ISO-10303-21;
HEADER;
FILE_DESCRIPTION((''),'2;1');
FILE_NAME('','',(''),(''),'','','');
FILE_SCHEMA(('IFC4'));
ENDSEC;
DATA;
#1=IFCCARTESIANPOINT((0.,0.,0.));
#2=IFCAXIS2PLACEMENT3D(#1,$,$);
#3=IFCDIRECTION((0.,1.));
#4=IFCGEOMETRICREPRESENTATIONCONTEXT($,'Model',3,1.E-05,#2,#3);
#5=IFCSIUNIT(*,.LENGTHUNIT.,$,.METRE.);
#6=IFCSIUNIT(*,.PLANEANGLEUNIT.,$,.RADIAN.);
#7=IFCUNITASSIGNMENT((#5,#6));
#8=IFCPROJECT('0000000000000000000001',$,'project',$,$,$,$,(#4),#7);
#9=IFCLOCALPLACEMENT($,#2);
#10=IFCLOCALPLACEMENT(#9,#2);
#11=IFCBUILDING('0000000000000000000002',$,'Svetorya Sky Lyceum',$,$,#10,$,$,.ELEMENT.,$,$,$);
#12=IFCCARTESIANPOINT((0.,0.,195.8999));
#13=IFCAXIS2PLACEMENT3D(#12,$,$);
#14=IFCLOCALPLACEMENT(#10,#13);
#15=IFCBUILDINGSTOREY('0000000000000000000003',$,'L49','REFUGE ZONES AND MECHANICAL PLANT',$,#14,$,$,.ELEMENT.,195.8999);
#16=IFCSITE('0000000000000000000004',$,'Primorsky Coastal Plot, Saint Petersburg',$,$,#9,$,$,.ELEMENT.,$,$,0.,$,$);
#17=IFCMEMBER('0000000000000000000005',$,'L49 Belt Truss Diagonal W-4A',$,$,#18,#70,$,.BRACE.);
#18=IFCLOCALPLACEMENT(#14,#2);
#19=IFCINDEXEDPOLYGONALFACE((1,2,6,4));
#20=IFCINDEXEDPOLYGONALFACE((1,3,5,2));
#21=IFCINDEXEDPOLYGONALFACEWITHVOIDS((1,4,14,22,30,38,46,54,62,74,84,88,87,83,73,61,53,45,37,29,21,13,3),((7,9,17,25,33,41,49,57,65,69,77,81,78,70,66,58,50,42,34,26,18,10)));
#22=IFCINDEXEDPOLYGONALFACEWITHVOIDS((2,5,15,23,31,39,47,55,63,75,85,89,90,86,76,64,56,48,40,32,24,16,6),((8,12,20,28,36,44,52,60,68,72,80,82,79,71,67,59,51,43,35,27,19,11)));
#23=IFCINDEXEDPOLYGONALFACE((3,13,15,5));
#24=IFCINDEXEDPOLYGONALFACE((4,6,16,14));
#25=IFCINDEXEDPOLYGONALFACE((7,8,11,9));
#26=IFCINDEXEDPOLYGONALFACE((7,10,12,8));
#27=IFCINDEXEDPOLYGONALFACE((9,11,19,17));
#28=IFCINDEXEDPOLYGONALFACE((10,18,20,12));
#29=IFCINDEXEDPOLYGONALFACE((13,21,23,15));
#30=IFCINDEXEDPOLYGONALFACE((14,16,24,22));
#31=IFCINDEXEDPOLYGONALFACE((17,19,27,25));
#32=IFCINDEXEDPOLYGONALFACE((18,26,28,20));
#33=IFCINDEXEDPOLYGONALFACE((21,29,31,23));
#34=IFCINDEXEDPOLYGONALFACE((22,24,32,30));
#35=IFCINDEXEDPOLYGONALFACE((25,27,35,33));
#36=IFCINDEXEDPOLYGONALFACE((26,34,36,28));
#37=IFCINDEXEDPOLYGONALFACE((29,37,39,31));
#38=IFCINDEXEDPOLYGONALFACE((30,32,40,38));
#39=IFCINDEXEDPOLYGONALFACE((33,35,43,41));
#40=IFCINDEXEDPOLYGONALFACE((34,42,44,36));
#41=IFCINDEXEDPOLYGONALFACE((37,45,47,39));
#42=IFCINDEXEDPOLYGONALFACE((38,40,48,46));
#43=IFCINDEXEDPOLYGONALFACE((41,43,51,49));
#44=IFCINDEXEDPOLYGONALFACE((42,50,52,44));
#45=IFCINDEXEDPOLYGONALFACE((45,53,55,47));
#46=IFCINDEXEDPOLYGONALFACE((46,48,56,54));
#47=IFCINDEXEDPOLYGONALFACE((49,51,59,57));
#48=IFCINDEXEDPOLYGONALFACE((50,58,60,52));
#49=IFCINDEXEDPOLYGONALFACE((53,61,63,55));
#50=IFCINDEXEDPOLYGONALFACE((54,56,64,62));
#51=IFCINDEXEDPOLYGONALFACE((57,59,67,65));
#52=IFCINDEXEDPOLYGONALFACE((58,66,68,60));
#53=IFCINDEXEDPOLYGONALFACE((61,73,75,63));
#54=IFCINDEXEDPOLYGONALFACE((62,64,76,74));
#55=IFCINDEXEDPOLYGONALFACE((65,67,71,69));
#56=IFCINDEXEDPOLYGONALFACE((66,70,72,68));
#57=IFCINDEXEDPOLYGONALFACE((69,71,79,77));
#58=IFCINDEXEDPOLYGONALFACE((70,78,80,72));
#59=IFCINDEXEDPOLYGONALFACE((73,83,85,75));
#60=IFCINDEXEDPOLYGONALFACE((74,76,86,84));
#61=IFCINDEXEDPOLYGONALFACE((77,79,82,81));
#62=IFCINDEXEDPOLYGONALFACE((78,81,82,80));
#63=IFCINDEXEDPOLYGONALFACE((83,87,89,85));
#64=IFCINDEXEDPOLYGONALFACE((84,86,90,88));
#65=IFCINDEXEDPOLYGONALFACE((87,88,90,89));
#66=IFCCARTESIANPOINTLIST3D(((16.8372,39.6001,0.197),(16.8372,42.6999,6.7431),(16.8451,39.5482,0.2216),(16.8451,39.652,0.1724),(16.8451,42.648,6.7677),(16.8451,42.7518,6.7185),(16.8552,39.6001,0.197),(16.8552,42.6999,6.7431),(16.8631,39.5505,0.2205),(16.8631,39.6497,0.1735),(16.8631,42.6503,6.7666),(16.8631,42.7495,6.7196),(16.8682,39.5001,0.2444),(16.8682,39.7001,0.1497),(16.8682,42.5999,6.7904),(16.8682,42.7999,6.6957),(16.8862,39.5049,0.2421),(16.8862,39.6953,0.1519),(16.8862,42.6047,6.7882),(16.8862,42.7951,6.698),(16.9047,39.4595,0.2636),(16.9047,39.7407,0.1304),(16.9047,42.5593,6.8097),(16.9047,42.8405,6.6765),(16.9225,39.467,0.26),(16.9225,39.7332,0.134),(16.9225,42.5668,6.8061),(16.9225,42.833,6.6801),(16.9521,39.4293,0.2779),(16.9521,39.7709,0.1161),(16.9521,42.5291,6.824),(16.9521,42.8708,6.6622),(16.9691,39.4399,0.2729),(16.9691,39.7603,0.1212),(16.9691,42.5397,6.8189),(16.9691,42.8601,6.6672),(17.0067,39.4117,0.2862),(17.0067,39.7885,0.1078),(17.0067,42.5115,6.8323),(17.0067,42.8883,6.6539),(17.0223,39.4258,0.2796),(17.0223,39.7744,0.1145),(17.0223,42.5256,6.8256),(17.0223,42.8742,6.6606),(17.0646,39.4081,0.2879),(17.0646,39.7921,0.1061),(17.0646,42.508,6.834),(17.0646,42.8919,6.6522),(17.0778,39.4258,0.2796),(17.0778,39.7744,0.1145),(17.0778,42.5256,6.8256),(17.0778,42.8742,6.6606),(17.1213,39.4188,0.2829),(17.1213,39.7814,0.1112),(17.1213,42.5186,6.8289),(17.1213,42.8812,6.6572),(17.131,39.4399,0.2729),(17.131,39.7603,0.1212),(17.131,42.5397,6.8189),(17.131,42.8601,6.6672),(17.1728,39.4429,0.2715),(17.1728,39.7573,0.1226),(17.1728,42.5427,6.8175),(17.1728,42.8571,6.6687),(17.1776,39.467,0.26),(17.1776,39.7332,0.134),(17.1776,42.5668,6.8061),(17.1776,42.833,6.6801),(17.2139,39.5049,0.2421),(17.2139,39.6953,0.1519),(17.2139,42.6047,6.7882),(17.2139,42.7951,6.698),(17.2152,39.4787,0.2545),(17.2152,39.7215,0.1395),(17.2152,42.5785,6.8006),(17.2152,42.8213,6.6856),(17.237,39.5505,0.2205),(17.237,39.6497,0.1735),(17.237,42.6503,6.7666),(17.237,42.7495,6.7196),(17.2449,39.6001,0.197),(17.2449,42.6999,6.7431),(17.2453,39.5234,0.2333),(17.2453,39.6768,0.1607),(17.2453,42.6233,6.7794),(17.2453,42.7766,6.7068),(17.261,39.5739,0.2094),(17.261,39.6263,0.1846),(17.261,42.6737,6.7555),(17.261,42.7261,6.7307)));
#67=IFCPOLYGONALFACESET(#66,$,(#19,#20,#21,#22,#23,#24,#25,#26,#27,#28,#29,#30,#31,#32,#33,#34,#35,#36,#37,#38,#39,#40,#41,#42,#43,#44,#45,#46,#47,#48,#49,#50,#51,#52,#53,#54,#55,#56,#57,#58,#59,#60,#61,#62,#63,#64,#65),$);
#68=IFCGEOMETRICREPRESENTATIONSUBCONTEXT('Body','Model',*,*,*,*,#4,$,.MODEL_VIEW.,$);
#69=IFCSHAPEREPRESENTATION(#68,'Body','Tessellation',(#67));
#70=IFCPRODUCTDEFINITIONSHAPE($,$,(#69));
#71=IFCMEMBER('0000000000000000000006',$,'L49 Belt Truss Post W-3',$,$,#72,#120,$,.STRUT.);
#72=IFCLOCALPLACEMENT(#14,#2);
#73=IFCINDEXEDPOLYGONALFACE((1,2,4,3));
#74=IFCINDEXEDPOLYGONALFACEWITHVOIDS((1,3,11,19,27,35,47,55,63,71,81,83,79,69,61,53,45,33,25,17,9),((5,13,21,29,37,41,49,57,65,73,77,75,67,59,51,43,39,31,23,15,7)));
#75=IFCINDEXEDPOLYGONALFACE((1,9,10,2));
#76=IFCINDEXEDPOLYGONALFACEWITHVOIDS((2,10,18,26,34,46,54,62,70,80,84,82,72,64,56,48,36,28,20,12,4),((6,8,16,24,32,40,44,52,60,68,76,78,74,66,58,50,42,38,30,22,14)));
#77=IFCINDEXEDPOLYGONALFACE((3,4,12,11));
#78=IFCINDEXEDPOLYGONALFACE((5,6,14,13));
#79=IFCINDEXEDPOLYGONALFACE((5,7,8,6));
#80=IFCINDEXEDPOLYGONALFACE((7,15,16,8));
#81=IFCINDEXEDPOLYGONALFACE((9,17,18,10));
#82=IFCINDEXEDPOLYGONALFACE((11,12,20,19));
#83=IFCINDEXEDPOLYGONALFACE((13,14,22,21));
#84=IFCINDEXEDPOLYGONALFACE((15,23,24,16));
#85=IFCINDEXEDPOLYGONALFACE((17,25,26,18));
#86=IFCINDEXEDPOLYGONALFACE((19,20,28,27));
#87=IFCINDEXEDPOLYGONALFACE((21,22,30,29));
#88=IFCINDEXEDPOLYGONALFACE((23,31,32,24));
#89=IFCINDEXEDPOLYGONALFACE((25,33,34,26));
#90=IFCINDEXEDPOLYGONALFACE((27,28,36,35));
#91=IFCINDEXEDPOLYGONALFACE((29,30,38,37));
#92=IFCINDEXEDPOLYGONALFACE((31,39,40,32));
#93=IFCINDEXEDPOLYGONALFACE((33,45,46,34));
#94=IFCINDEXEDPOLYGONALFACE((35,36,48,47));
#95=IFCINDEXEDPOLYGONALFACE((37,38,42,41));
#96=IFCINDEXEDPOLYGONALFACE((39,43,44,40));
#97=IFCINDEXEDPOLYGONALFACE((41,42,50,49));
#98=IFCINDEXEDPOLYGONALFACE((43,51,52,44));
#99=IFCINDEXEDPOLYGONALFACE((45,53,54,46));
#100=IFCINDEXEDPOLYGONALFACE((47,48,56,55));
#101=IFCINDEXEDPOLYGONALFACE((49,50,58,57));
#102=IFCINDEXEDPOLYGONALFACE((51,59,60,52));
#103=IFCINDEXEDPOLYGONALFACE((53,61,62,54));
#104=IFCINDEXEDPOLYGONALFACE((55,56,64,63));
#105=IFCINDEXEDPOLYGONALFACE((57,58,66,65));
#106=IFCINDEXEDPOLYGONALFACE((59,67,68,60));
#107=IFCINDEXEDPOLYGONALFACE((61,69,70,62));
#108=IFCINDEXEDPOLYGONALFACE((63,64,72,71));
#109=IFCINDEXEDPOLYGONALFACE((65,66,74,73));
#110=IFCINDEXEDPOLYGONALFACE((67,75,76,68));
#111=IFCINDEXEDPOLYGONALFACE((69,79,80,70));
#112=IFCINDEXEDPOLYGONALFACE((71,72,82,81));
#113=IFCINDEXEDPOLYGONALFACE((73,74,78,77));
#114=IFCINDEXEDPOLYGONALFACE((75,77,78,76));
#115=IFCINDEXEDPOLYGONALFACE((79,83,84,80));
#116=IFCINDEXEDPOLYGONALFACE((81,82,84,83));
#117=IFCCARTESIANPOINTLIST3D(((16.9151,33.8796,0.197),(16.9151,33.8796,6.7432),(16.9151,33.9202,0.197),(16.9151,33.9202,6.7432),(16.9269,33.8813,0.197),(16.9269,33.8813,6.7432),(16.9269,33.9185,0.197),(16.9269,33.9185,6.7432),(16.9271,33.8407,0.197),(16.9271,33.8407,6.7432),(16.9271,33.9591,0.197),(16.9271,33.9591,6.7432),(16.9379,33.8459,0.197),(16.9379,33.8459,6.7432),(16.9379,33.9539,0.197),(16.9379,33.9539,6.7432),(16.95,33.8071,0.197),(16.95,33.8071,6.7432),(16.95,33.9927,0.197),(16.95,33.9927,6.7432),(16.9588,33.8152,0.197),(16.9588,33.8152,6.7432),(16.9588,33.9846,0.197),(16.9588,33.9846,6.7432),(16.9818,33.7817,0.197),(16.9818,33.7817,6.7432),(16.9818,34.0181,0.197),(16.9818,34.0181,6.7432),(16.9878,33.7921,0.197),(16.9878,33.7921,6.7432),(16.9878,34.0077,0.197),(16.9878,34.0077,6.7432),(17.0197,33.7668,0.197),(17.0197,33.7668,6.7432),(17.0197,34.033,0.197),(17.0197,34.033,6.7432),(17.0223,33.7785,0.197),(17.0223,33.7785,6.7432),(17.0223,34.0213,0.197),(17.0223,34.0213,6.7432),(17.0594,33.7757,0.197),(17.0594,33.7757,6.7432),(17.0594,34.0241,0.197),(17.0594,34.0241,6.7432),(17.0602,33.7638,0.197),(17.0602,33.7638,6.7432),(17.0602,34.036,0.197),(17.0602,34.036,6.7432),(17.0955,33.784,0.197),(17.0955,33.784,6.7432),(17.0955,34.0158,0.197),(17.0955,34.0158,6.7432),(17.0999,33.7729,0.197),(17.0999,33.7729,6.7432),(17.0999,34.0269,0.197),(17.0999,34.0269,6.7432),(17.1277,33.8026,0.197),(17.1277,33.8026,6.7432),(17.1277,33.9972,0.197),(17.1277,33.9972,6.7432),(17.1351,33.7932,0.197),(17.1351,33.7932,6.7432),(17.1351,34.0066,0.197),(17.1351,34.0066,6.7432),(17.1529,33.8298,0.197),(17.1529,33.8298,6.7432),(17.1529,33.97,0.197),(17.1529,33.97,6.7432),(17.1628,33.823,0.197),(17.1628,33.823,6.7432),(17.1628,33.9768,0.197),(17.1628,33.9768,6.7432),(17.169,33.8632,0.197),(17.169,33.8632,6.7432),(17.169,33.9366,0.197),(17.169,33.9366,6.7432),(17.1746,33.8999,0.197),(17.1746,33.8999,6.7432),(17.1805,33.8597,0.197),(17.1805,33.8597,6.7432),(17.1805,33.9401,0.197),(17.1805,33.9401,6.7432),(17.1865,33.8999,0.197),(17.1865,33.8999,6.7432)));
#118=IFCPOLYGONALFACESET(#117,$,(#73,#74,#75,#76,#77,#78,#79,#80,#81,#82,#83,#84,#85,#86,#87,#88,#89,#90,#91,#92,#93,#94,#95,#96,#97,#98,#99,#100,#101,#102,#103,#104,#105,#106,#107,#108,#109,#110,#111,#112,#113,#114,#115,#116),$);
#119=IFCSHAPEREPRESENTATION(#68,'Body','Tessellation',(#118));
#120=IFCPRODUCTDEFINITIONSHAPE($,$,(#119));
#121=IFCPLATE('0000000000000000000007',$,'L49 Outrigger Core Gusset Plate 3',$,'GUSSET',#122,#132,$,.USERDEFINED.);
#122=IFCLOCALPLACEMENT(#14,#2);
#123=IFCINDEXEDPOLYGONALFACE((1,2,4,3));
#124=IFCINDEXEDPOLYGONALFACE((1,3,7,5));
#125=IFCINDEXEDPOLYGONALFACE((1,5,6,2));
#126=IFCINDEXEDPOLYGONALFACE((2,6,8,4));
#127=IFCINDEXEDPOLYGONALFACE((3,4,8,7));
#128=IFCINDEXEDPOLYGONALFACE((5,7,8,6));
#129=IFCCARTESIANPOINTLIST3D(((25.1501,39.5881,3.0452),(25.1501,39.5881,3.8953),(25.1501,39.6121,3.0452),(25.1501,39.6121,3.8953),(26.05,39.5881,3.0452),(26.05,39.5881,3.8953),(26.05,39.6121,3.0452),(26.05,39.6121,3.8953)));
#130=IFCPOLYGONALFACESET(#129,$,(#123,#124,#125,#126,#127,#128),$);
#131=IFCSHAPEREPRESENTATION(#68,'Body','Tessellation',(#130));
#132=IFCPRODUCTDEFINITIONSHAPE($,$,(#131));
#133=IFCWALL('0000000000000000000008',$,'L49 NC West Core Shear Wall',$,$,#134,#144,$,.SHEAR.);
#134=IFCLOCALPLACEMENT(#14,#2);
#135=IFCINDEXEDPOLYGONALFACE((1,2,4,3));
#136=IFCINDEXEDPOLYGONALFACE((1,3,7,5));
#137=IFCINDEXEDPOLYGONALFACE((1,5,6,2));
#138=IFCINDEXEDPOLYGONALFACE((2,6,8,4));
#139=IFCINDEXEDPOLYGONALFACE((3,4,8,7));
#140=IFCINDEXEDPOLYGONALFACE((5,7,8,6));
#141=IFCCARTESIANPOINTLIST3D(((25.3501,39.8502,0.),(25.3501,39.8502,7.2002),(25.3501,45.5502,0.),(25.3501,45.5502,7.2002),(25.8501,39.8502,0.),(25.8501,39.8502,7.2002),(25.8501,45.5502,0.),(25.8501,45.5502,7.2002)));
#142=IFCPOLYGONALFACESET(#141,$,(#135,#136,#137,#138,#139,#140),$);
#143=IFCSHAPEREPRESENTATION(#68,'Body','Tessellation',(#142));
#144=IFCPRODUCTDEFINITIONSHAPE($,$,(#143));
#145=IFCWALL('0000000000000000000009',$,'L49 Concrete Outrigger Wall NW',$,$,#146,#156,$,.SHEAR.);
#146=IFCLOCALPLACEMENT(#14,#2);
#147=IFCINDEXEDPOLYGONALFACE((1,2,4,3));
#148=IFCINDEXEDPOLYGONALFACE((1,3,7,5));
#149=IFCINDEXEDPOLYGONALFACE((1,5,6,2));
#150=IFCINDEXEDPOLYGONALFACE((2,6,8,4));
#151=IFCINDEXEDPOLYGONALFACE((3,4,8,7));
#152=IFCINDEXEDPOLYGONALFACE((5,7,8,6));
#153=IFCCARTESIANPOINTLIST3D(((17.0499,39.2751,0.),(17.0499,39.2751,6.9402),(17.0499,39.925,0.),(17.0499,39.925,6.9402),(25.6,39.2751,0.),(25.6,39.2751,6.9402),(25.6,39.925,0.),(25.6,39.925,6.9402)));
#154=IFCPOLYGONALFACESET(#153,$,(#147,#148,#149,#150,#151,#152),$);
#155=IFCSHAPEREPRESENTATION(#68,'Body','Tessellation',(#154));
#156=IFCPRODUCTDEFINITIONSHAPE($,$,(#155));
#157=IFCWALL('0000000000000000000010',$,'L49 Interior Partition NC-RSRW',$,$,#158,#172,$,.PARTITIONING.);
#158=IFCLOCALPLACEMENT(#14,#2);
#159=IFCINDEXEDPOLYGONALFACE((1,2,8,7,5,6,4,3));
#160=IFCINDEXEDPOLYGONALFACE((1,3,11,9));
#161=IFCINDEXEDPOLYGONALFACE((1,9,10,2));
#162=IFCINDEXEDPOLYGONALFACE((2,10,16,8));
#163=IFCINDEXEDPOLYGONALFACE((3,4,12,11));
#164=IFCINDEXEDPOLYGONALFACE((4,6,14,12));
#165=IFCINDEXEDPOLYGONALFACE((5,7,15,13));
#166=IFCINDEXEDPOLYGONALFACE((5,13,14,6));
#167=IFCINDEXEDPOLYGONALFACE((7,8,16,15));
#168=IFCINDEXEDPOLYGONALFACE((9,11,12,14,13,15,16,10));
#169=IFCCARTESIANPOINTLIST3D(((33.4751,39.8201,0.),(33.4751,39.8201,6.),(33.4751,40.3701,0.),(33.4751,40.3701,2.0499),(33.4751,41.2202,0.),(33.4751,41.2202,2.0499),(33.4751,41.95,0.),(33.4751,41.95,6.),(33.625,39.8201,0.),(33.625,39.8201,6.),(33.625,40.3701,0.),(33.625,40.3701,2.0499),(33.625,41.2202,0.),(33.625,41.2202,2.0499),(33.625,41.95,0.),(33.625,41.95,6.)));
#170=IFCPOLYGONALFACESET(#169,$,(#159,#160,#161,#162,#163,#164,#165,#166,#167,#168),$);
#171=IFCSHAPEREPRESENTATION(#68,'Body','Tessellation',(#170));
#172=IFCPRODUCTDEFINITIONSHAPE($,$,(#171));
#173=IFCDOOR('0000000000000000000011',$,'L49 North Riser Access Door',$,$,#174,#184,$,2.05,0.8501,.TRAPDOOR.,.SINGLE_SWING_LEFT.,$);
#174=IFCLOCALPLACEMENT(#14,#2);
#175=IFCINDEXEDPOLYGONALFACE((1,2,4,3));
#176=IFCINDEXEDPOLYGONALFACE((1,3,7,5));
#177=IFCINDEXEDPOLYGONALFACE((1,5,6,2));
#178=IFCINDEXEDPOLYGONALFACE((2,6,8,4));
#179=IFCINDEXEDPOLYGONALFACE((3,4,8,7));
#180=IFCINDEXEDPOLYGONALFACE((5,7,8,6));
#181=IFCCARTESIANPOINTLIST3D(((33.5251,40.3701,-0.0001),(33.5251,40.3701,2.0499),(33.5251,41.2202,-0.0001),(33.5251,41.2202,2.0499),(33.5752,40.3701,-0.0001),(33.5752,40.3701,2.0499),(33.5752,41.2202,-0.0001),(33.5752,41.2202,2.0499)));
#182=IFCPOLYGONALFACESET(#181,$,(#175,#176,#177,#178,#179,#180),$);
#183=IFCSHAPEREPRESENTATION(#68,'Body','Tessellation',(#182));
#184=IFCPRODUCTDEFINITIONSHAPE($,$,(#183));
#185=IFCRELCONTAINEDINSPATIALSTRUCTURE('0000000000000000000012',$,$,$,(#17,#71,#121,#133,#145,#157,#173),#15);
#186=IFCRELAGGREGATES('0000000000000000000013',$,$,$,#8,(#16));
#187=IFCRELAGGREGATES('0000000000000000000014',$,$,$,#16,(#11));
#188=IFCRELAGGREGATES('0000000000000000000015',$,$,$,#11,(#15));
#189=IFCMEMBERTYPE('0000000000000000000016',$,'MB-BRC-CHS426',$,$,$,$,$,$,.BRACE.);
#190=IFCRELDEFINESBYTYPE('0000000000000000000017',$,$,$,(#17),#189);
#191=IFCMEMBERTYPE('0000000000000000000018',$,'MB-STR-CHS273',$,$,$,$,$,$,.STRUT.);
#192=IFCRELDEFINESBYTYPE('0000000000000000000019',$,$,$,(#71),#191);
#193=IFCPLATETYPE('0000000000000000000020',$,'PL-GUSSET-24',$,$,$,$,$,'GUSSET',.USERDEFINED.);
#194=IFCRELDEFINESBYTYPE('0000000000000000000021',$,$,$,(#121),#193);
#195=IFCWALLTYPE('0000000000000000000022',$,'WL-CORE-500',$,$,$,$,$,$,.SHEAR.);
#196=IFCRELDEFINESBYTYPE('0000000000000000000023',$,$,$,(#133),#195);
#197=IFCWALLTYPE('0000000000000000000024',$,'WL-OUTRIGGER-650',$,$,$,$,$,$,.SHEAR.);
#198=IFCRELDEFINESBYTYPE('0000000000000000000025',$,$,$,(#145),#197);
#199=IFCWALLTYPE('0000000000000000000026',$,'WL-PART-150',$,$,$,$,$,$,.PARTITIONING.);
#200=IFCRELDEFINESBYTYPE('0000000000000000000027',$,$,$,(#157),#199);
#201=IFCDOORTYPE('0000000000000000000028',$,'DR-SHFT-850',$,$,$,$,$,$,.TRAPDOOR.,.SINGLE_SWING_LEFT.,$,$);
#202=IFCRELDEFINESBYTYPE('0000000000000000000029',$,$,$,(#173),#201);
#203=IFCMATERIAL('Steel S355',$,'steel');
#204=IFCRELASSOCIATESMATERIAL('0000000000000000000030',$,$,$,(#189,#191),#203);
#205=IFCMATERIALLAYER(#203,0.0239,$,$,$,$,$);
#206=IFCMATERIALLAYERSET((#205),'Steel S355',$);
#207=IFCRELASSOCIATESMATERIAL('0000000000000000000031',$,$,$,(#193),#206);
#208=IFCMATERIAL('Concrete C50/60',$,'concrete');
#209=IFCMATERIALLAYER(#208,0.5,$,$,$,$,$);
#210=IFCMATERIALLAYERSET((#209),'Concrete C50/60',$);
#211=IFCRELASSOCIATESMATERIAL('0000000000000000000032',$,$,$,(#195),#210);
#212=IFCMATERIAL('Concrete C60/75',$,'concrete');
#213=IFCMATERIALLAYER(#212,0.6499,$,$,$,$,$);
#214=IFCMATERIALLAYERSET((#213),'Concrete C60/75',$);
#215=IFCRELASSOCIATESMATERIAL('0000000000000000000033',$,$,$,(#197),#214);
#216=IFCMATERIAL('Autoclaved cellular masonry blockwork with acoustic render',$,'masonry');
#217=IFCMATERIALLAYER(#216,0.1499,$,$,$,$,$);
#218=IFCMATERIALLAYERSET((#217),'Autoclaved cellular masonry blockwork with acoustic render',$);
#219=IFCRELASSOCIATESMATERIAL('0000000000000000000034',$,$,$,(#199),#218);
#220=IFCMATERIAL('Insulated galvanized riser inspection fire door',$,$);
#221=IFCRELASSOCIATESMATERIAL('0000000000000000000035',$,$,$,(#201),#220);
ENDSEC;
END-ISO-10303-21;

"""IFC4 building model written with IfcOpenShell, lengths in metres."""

from ifc_helpers import new_model, si_unit, direction, frame, frame_2d, origin, origin_2d, place, context, subcontext, project, spatial, rectangle, hollow_circle, extrude, material, layer, layer_set, material_profile, profile_set, type_object, element, fill, save


model = new_model("IFC4")

# Units and contexts
model_context = context("Model", 3, precision=1e-05, world=origin(), true_north=direction((0.0, 1.0)))
body_context = subcontext(model_context, "Body", "Model", "MODEL_VIEW")
ifc_project = project(units=[si_unit("LENGTHUNIT", "METRE"), si_unit("PLANEANGLEUNIT", "RADIAN")], contexts=[model_context])

# Site, building, storey
site_placement = place(None, origin())
site = spatial("IfcSite", under=ifc_project, at=site_placement, Name="Primorsky Coastal Plot, Saint Petersburg", CompositionType="ELEMENT", RefElevation=0.0)
building_placement = place(site_placement, origin())
building = spatial("IfcBuilding", under=site, at=building_placement, Name="Svetorya Sky Lyceum", CompositionType="ELEMENT")
storey_placement = place(building_placement, frame((0.0, 0.0, 195.8999)))
storey = spatial("IfcBuildingStorey", under=building, at=storey_placement, Name="L49", Description="REFUGE ZONES AND MECHANICAL PLANT", CompositionType="ELEMENT", Elevation=195.8999)

# Shared definitions
ifc_material_1 = material(Name="Concrete C50/60", Category="concrete")

# Shared definitions
ifc_material_2 = material(Name="Steel S355", Category="steel")

# Members
ifc_material_profile_1 = material_profile(ifc_material_2, hollow_circle(Radius=0.2129, WallThickness=0.0181, at=origin_2d()), Name="CHS 426x18")
ifc_profile_set_1 = profile_set([ifc_material_profile_1], Name="Steel S355")
member_type_1 = type_object("IfcMemberType", Name="MB-BRC-CHS426", PredefinedType="BRACE", material=ifc_profile_set_1)
member_1_placement = place(storey_placement, frame((17.05, 39.6001, 0.197), z_axis=(0.0, 0.427979, 0.903789), x_axis=(-1.0, 0.0, 0.0)))
element("IfcMember", 1, at=member_1_placement, inside=storey, type_object=member_type_1, Name="L49 Belt Truss Diagonal W-4A", PredefinedType="BRACE", context=body_context, shape_type="SweptSolid", body=[
    extrude(hollow_circle(Radius=0.2129, WallThickness=0.0181, at=origin_2d()), origin(), (0.0, 0.0, 1.0), 7.2429),
])
ifc_material_profile_2 = material_profile(ifc_material_2, hollow_circle(Radius=0.1365, WallThickness=0.012, at=origin_2d()), Name="CHS 273x12")
ifc_profile_set_2 = profile_set([ifc_material_profile_2], Name="Steel S355")
member_type_2 = type_object("IfcMemberType", Name="MB-STR-CHS273", PredefinedType="STRUT", material=ifc_profile_set_2)
member_2_placement = place(storey_placement, frame((17.05, 33.8999, 0.197), z_axis=(0.0, 0.0, 1.0), x_axis=(1.0, 0.0, 0.0)))
element("IfcMember", 2, at=member_2_placement, inside=storey, type_object=member_type_2, Name="L49 Belt Truss Post W-3", PredefinedType="STRUT", context=body_context, shape_type="SweptSolid", body=[
    extrude(hollow_circle(Radius=0.1365, WallThickness=0.012, at=origin_2d()), origin(), (0.0, 0.0, 1.0), 6.5461),
])

# Plate
ifc_layer_1 = layer(ifc_material_2, 0.0239)
ifc_layer_set_1 = layer_set([ifc_layer_1], Name="Steel S355")
plate_type = type_object("IfcPlateType", Name="PL-GUSSET-24", ElementType="GUSSET", PredefinedType="USERDEFINED", material=ifc_layer_set_1)
plate_placement = place(storey_placement, frame((25.6001, 39.6001, 3.0452), z_axis=(0.0, 0.0, 1.0), x_axis=(1.0, 0.0, 0.0)))
element("IfcPlate", 3, at=plate_placement, inside=storey, type_object=plate_type, Name="L49 Outrigger Core Gusset Plate 3", ObjectType="GUSSET", PredefinedType="USERDEFINED", context=body_context, shape_type="SweptSolid", body=[
    extrude(rectangle(XDim=0.8999, YDim=0.0239, at=origin_2d()), origin(), (0.0, 0.0, 1.0), 0.8501),
])

# Walls
ifc_layer_2 = layer(ifc_material_1, 0.5)
ifc_layer_set_2 = layer_set([ifc_layer_2], Name="Concrete C50/60")
wall_type_1 = type_object("IfcWallType", Name="WL-CORE-500", PredefinedType="SHEAR", material=ifc_layer_set_2)
wall_1_placement = place(storey_placement, frame((25.6001, 39.8501, 0.0), z_axis=(0.0, 0.0, 1.0), x_axis=(0.0, 1.0, 0.0)))
element("IfcWall", 4, at=wall_1_placement, inside=storey, type_object=wall_type_1, Name="L49 NC West Core Shear Wall", PredefinedType="SHEAR", context=body_context, shape_type="SweptSolid", body=[
    extrude(rectangle(XDim=5.7, YDim=0.5, at=frame_2d((2.8501, 0.0))), origin(), (0.0, 0.0, 1.0), 7.2002),
])
ifc_material_3 = material(Name="Concrete C60/75", Category="concrete")
ifc_layer_3 = layer(ifc_material_3, 0.6499)
ifc_layer_set_3 = layer_set([ifc_layer_3], Name="Concrete C60/75")
wall_type_2 = type_object("IfcWallType", Name="WL-OUTRIGGER-650", PredefinedType="SHEAR", material=ifc_layer_set_3)
wall_2_placement = place(storey_placement, frame((17.05, 39.6001, 0.0), z_axis=(0.0, 0.0, 1.0), x_axis=(1.0, 0.0, 0.0)))
element("IfcWall", 5, at=wall_2_placement, inside=storey, type_object=wall_type_2, Name="L49 Concrete Outrigger Wall NW", PredefinedType="SHEAR", context=body_context, shape_type="SweptSolid", body=[
    extrude(rectangle(XDim=8.55, YDim=0.6499, at=frame_2d((4.2749, 0.0))), origin(), (0.0, 0.0, 1.0), 6.9402),
])

# Wall, opening, door
ifc_material_4 = material(Name="Autoclaved cellular masonry blockwork with acoustic render", Category="masonry")
ifc_layer_4 = layer(ifc_material_4, 0.1499)
ifc_layer_set_4 = layer_set([ifc_layer_4], Name="Autoclaved cellular masonry blockwork with acoustic render")
wall_type_3 = type_object("IfcWallType", Name="WL-PART-150", PredefinedType="PARTITIONING", material=ifc_layer_set_4)
wall_3_placement = place(storey_placement, frame((33.55, 39.8201, 0.0), z_axis=(0.0, 0.0, 1.0), x_axis=(0.0, 1.0, 0.0)))
wall_3 = element("IfcWall", 6, at=wall_3_placement, inside=storey, type_object=wall_type_3, Name="L49 Interior Partition NC-RSRW", PredefinedType="PARTITIONING", context=body_context, shape_type="SweptSolid", body=[
    extrude(rectangle(XDim=2.1299, YDim=0.1499, at=frame_2d((1.0649, 0.0))), origin(), (0.0, 0.0, 1.0), 6.0),
])
opening_placement = place(wall_3_placement, frame((0.55, 0.0, 0.0)))
opening = element("IfcOpeningElement", 7, at=opening_placement, cuts=wall_3, PredefinedType="OPENING", context=body_context, shape_type="SweptSolid", body=[
    extrude(rectangle(XDim=0.8501, YDim=2.05, at=frame_2d((0.425, 1.0249))), frame((0.0, 0.085, 0.0), z_axis=(0.0, -1.0, 0.0), x_axis=(1.0, 0.0, 0.0)), (0.0, 0.0, 1.0), 0.1699),
])
ifc_material_5 = material(Name="Insulated galvanized riser inspection fire door")
door_type = type_object("IfcDoorType", Name="DR-SHFT-850", OperationType="SINGLE_SWING_LEFT", PredefinedType="TRAPDOOR", material=ifc_material_5)
door_placement = place(opening_placement, origin())
door = element("IfcDoor", 8, at=door_placement, inside=storey, type_object=door_type, Name="L49 North Riser Access Door", OperationType="SINGLE_SWING_LEFT", OverallHeight=2.05, OverallWidth=0.8501, PredefinedType="TRAPDOOR", context=body_context, shape_type="SweptSolid", body=[
    extrude(rectangle(XDim=0.8501, YDim=2.05, at=frame_2d((0.425, 1.0249))), frame((0.0, 0.0249, 0.0), z_axis=(0.0, -1.0, 0.0), x_axis=(1.0, 0.0, 0.0)), (0.0, 0.0, 1.0), 0.05),
])
fill(opening, door)

save(model, "model.ifc")
